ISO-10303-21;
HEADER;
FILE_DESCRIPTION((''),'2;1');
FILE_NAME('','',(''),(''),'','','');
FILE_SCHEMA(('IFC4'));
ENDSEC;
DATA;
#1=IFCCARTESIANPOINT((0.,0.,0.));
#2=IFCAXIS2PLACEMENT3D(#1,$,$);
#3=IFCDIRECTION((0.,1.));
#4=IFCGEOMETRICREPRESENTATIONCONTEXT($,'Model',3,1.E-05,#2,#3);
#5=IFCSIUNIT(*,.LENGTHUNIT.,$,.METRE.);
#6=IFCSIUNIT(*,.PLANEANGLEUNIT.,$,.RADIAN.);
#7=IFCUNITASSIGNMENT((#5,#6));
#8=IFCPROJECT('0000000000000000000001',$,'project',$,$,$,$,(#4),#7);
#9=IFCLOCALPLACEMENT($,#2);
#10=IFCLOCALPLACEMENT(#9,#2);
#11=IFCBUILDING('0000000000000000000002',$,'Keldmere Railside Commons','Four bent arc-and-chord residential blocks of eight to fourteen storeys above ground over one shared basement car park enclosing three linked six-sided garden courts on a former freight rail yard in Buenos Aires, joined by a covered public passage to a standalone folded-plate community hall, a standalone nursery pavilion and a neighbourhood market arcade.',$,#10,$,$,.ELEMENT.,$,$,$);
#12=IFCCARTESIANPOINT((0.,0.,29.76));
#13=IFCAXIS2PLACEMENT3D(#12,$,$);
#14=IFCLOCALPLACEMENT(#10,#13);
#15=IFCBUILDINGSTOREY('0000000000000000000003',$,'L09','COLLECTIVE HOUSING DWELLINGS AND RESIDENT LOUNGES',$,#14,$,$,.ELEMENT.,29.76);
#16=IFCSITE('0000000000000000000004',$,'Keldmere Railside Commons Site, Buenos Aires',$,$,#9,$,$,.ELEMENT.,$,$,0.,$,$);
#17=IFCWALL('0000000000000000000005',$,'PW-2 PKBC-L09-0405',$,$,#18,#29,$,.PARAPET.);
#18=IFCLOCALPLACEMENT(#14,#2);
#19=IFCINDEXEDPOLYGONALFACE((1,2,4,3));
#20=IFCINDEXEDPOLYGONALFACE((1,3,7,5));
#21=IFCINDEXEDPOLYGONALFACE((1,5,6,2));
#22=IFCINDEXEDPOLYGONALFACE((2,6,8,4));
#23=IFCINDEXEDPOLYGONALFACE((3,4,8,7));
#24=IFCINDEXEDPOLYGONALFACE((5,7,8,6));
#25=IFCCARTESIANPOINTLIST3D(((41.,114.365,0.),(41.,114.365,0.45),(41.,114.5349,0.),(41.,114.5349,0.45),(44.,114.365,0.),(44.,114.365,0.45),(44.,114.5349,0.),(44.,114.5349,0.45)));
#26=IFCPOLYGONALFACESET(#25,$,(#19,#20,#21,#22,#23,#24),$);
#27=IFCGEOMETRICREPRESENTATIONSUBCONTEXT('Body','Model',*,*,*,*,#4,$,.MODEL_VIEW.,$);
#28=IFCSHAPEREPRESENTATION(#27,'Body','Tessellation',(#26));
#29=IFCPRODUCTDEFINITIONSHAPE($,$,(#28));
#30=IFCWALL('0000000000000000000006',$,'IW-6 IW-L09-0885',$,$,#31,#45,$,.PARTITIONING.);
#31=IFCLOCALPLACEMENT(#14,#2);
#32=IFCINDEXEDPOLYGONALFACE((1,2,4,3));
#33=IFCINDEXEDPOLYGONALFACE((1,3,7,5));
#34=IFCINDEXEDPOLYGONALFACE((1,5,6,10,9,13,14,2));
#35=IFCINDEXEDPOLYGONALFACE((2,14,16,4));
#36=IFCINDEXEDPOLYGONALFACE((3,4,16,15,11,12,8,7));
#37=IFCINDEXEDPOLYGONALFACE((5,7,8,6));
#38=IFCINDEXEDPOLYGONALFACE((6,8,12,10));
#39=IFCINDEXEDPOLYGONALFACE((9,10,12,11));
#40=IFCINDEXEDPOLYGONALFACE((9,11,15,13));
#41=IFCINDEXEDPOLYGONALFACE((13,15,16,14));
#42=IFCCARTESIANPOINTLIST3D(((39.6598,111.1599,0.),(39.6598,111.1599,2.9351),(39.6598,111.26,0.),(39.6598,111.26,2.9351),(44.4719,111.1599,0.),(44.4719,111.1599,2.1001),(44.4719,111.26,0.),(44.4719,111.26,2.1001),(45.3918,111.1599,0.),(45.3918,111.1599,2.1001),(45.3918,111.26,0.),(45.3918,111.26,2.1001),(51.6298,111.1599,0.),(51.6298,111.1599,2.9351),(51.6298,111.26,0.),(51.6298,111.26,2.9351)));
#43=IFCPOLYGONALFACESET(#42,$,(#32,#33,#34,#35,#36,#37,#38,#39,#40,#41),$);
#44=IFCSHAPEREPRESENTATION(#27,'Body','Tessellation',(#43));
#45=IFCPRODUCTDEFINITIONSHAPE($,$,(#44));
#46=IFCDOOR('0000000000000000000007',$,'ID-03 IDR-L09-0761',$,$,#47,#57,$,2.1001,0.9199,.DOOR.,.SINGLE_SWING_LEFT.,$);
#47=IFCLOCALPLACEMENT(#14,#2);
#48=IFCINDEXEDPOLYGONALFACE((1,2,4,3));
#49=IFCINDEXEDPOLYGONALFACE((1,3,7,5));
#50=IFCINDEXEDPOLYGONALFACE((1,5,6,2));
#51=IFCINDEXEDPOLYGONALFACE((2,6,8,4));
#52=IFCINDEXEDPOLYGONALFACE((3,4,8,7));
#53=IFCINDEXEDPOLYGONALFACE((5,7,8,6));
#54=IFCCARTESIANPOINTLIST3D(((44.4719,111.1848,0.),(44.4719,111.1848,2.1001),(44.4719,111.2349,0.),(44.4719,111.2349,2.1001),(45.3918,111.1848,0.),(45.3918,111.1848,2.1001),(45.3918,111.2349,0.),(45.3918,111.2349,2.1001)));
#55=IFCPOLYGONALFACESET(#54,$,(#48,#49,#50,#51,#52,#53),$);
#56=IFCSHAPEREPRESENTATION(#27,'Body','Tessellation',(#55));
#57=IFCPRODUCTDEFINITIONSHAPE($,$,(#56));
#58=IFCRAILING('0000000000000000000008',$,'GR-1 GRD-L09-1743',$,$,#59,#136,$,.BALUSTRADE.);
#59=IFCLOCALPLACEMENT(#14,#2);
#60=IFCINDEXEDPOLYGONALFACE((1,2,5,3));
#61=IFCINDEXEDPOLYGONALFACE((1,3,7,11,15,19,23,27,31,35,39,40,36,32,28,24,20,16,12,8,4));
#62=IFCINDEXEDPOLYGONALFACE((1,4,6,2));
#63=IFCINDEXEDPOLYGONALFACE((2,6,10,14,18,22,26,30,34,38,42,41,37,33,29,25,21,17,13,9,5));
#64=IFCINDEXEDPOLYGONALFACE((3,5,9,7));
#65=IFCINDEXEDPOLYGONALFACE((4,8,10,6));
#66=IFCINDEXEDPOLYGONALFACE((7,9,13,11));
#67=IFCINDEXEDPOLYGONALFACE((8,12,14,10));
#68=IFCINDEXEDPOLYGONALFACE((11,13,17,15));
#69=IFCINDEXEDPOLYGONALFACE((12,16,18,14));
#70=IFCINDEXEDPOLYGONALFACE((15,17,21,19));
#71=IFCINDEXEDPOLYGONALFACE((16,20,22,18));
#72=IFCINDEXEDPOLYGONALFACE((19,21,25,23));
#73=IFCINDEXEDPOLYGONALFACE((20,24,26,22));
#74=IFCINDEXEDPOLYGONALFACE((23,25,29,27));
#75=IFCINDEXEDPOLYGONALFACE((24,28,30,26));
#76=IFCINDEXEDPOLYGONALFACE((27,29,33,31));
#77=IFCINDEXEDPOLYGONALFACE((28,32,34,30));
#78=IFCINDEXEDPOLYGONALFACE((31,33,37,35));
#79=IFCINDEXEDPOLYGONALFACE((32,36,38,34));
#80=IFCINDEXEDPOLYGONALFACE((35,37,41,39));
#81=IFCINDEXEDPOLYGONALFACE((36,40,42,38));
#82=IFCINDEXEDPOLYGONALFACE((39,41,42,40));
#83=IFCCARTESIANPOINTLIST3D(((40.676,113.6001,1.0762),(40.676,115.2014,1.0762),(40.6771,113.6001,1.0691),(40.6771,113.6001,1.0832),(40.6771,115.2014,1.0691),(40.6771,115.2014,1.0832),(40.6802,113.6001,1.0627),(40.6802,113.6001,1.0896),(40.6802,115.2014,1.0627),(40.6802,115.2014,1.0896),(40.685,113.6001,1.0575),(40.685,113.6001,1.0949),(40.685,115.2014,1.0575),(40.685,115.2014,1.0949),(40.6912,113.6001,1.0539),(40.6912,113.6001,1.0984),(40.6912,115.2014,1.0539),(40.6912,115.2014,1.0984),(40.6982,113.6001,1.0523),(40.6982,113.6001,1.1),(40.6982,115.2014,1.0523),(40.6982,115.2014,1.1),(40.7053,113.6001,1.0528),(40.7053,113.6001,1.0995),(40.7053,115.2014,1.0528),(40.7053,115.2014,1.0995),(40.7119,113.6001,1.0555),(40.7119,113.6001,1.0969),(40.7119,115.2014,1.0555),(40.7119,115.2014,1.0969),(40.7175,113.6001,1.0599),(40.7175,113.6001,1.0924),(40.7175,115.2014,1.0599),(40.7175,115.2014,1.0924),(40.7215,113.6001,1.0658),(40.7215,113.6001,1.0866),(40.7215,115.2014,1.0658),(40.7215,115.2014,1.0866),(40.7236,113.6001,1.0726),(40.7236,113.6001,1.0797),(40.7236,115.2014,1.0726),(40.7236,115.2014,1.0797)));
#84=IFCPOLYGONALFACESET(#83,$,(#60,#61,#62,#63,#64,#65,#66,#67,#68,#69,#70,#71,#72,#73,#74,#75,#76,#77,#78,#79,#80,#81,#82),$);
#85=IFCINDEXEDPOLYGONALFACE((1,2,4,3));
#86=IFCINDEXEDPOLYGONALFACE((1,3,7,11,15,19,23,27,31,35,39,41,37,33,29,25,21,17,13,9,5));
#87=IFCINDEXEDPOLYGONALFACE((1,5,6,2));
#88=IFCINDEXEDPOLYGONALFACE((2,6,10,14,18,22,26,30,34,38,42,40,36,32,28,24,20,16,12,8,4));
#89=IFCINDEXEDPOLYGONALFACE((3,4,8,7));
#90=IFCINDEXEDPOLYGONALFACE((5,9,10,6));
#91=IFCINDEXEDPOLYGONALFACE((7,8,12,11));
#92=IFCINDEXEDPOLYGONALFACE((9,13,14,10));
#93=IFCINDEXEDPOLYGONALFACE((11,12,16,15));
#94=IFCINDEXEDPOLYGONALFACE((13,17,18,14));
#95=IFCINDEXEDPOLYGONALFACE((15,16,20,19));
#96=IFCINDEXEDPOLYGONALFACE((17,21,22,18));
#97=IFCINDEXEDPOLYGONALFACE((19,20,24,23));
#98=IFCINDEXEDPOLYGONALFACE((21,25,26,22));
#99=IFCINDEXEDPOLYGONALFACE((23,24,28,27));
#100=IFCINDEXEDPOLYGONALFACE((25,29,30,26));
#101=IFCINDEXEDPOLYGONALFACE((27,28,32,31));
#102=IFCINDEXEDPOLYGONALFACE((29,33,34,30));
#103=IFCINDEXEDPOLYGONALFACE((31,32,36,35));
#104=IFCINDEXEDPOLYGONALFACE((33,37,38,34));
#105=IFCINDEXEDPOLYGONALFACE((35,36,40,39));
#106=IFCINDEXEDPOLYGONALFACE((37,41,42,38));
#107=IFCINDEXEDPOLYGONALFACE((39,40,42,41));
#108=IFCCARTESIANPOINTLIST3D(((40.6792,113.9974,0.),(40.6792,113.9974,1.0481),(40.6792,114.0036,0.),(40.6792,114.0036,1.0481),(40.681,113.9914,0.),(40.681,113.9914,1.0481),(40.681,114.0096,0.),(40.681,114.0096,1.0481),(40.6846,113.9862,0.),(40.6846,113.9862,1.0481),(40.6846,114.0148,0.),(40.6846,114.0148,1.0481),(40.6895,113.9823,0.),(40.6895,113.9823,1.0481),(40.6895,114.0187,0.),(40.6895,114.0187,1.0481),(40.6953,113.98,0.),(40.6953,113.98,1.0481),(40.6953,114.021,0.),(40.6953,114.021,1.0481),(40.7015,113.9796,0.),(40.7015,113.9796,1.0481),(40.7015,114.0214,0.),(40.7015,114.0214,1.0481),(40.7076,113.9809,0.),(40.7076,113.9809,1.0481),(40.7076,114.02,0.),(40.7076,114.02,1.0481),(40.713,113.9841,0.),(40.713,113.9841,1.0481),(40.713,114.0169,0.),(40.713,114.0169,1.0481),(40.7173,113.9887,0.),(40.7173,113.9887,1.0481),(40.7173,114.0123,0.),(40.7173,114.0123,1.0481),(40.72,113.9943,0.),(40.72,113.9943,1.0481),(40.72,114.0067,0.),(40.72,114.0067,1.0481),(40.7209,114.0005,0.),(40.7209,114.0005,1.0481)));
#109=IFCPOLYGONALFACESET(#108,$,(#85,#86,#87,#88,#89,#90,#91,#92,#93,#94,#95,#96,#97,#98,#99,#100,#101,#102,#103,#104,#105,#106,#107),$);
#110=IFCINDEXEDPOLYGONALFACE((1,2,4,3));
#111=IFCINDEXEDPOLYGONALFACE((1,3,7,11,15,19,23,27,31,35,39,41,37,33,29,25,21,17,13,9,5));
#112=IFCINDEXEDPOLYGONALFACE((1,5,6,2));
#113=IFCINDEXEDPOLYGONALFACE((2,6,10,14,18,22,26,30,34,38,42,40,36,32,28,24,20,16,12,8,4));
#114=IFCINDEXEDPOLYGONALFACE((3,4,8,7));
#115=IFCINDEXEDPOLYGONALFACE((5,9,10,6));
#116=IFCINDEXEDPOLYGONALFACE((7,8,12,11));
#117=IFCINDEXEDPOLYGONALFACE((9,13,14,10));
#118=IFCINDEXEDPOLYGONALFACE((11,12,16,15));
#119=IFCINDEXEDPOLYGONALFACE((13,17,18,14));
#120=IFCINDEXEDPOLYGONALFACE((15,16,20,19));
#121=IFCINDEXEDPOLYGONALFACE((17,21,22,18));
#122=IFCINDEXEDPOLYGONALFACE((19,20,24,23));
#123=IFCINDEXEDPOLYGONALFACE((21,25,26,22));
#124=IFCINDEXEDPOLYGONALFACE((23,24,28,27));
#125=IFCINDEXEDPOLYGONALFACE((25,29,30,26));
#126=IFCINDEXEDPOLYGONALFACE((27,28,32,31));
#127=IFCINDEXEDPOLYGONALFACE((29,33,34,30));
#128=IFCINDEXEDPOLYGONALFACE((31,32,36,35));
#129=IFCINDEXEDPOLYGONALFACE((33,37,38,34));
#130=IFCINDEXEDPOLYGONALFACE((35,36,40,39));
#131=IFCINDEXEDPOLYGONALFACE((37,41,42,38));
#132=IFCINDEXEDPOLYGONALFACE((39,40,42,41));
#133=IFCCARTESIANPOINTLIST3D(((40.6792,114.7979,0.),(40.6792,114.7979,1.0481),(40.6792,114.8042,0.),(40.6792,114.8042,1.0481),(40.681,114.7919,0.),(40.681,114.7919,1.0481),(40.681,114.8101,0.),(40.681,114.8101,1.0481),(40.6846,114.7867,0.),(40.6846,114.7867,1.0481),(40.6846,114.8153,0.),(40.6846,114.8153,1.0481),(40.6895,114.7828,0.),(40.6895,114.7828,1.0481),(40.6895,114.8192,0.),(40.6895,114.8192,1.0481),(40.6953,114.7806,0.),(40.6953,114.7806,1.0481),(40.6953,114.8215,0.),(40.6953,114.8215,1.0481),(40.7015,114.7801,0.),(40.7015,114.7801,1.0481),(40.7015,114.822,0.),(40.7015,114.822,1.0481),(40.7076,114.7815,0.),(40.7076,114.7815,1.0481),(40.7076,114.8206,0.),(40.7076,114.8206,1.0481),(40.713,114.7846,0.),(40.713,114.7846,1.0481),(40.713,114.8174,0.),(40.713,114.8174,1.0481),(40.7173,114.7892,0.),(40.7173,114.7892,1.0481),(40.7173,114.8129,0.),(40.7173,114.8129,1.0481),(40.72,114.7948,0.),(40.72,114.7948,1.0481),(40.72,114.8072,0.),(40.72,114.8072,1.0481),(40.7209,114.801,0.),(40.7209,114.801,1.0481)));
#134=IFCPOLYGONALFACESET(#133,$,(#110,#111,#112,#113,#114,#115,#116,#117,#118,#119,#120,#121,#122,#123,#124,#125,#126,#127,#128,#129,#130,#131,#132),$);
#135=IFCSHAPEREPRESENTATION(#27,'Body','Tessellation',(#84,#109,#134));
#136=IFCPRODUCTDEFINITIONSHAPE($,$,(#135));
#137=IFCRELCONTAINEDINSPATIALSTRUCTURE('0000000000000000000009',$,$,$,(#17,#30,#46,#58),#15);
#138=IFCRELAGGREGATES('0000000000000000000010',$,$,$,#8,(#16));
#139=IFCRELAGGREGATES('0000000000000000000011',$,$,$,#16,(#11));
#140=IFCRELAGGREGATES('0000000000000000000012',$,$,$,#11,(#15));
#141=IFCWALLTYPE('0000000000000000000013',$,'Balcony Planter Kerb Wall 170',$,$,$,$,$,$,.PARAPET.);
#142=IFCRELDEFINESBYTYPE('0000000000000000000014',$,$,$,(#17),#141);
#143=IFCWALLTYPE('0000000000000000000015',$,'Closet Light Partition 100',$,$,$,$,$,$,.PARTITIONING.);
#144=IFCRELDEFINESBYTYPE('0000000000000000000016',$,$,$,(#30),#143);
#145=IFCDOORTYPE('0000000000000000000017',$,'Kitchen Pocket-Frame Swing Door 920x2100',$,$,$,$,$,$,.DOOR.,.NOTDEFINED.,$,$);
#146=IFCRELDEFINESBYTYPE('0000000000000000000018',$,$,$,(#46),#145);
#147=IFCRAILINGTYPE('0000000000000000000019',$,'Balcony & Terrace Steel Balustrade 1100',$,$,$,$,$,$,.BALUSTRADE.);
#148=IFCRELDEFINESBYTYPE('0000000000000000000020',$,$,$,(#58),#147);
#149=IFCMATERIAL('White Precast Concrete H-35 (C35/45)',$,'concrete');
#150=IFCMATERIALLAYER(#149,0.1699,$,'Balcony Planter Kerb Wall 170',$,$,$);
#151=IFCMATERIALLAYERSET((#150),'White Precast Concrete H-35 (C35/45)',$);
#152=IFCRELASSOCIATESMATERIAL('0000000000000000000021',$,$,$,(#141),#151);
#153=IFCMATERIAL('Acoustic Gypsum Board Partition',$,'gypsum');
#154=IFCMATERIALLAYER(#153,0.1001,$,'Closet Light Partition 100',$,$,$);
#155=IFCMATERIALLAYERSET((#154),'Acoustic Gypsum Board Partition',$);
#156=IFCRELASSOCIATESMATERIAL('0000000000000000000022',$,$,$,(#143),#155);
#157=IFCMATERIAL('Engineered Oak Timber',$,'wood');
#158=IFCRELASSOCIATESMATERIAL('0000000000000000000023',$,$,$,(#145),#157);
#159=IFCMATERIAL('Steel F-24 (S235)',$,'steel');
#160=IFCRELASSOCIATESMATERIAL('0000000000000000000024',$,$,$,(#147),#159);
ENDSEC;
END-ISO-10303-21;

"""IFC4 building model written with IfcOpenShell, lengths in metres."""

from ifc_helpers import new_model, si_unit, direction, frame, frame_2d, origin, origin_2d, place, context, subcontext, project, spatial, rectangle, circle, extrude, material, layer, layer_set, type_object, element, fill, save


model = new_model("IFC4")

# Units and contexts
model_context = context("Model", 3, precision=1e-05, world=origin(), true_north=direction((0.0, 1.0)))
body_context = subcontext(model_context, "Body", "Model", "MODEL_VIEW")
ifc_project = project(units=[si_unit("LENGTHUNIT", "METRE"), si_unit("PLANEANGLEUNIT", "RADIAN")], contexts=[model_context])

# Site, building, storey
site_placement = place(None, origin())
site = spatial("IfcSite", under=ifc_project, at=site_placement, Name="Keldmere Railside Commons Site, Buenos Aires", CompositionType="ELEMENT", RefElevation=0.0)
building_placement = place(site_placement, origin())
building = spatial("IfcBuilding", under=site, at=building_placement, Name="Keldmere Railside Commons", Description="Four bent arc-and-chord residential blocks of eight to fourteen storeys above ground over one shared basement car park enclosing three linked six-sided garden courts on a former freight rail yard in Buenos Aires, joined by a covered public passage to a standalone folded-plate community hall, a standalone nursery pavilion and a neighbourhood market arcade.", CompositionType="ELEMENT")
storey_placement = place(building_placement, frame((0.0, 0.0, 29.76)))
storey = spatial("IfcBuildingStorey", under=building, at=storey_placement, Name="L09", Description="COLLECTIVE HOUSING DWELLINGS AND RESIDENT LOUNGES", CompositionType="ELEMENT", Elevation=29.76)

# Wall
ifc_material_1 = material(Name="White Precast Concrete H-35 (C35/45)", Category="concrete")
ifc_layer_1 = layer(ifc_material_1, 0.1699, Name="Balcony Planter Kerb Wall 170")
ifc_layer_set_1 = layer_set([ifc_layer_1], Name="White Precast Concrete H-35 (C35/45)")
wall_type_1 = type_object("IfcWallType", Name="Balcony Planter Kerb Wall 170", PredefinedType="PARAPET", material=ifc_layer_set_1)
wall_1_placement = place(storey_placement, frame((41.0, 114.45, 0.0), z_axis=(0.0, 0.0, 1.0), x_axis=(1.0, 0.0, 0.0)))
element("IfcWall", 1, at=wall_1_placement, inside=storey, type_object=wall_type_1, Name="PW-2 PKBC-L09-0405", PredefinedType="PARAPET", context=body_context, shape_type="SweptSolid", body=[
    extrude(rectangle(XDim=3.0, YDim=0.1699, at=frame_2d((1.5, 0.0))), origin(), (0.0, 0.0, 1.0), 0.45),
])

# Wall, opening, door
ifc_material_2 = material(Name="Acoustic Gypsum Board Partition", Category="gypsum")
ifc_layer_2 = layer(ifc_material_2, 0.1001, Name="Closet Light Partition 100")
ifc_layer_set_2 = layer_set([ifc_layer_2], Name="Acoustic Gypsum Board Partition")
wall_type_2 = type_object("IfcWallType", Name="Closet Light Partition 100", PredefinedType="PARTITIONING", material=ifc_layer_set_2)
wall_2_placement = place(storey_placement, frame((39.6599, 111.21, 0.0), z_axis=(0.0, 0.0, 1.0), x_axis=(1.0, 0.0, 0.0)))
wall_2 = element("IfcWall", 2, at=wall_2_placement, inside=storey, type_object=wall_type_2, Name="IW-6 IW-L09-0885", PredefinedType="PARTITIONING", context=body_context, shape_type="SweptSolid", body=[
    extrude(rectangle(XDim=11.97, YDim=0.1001, at=frame_2d((5.9849, 0.0))), origin(), (0.0, 0.0, 1.0), 2.9351),
])
opening_1_placement = place(wall_2_placement, frame((4.812, 0.0, 0.0)))
opening_1 = element("IfcOpeningElement", 3, at=opening_1_placement, cuts=wall_2, PredefinedType="OPENING", context=body_context, shape_type="SweptSolid", body=[
    extrude(rectangle(XDim=0.9199, YDim=2.1001, at=frame_2d((0.46, 1.05))), frame((0.0, 0.0601, 0.0), z_axis=(0.0, -1.0, 0.0), x_axis=(1.0, 0.0, 0.0)), (0.0, 0.0, 1.0), 0.1201),
])
ifc_material_3 = material(Name="Engineered Oak Timber", Category="wood")
door_type_1 = type_object("IfcDoorType", Name="Kitchen Pocket-Frame Swing Door 920x2100", OperationType="NOTDEFINED", PredefinedType="DOOR", material=ifc_material_3)
door_1_placement = place(opening_1_placement, origin())
door_1 = element("IfcDoor", 4, at=door_1_placement, inside=storey, type_object=door_type_1, Name="ID-03 IDR-L09-0761", OperationType="SINGLE_SWING_LEFT", OverallHeight=2.1001, OverallWidth=0.9199, PredefinedType="DOOR", context=body_context, shape_type="SweptSolid", body=[
    extrude(rectangle(XDim=0.9199, YDim=2.1001, at=frame_2d((0.46, 1.05))), frame((0.0, 0.0249, 0.0), z_axis=(0.0, -1.0, 0.0), x_axis=(1.0, 0.0, 0.0)), (0.0, 0.0, 1.0), 0.05),
])
fill(opening_1, door_1)

# Railing
ifc_material_4 = material(Name="Steel F-24 (S235)", Category="steel")
railing_type = type_object("IfcRailingType", Name="Balcony & Terrace Steel Balustrade 1100", PredefinedType="BALUSTRADE", material=ifc_material_4)
railing_1_placement = place(storey_placement, frame((40.7, 113.6001, 0.0)))
element("IfcRailing", 5, at=railing_1_placement, inside=storey, type_object=railing_type, Name="GR-1 GRD-L09-1743", PredefinedType="BALUSTRADE", context=body_context, shape_type="SweptSolid", body=[
    extrude(circle(Radius=0.0239, at=origin_2d()), frame((0.0, 0.0, 1.0762), z_axis=(0.0, 1.0, 0.0), x_axis=(-1.0, 0.0, 0.0)), (0.0, 0.0, 1.0), 1.6013),
    extrude(circle(Radius=0.021, at=origin_2d()), frame((0.0, 0.4004, 0.0)), (0.0, 0.0, 1.0), 1.0481),
    extrude(circle(Radius=0.021, at=origin_2d()), frame((0.0, 1.2009, 0.0)), (0.0, 0.0, 1.0), 1.0481),
])

save(model, "model.ifc")
